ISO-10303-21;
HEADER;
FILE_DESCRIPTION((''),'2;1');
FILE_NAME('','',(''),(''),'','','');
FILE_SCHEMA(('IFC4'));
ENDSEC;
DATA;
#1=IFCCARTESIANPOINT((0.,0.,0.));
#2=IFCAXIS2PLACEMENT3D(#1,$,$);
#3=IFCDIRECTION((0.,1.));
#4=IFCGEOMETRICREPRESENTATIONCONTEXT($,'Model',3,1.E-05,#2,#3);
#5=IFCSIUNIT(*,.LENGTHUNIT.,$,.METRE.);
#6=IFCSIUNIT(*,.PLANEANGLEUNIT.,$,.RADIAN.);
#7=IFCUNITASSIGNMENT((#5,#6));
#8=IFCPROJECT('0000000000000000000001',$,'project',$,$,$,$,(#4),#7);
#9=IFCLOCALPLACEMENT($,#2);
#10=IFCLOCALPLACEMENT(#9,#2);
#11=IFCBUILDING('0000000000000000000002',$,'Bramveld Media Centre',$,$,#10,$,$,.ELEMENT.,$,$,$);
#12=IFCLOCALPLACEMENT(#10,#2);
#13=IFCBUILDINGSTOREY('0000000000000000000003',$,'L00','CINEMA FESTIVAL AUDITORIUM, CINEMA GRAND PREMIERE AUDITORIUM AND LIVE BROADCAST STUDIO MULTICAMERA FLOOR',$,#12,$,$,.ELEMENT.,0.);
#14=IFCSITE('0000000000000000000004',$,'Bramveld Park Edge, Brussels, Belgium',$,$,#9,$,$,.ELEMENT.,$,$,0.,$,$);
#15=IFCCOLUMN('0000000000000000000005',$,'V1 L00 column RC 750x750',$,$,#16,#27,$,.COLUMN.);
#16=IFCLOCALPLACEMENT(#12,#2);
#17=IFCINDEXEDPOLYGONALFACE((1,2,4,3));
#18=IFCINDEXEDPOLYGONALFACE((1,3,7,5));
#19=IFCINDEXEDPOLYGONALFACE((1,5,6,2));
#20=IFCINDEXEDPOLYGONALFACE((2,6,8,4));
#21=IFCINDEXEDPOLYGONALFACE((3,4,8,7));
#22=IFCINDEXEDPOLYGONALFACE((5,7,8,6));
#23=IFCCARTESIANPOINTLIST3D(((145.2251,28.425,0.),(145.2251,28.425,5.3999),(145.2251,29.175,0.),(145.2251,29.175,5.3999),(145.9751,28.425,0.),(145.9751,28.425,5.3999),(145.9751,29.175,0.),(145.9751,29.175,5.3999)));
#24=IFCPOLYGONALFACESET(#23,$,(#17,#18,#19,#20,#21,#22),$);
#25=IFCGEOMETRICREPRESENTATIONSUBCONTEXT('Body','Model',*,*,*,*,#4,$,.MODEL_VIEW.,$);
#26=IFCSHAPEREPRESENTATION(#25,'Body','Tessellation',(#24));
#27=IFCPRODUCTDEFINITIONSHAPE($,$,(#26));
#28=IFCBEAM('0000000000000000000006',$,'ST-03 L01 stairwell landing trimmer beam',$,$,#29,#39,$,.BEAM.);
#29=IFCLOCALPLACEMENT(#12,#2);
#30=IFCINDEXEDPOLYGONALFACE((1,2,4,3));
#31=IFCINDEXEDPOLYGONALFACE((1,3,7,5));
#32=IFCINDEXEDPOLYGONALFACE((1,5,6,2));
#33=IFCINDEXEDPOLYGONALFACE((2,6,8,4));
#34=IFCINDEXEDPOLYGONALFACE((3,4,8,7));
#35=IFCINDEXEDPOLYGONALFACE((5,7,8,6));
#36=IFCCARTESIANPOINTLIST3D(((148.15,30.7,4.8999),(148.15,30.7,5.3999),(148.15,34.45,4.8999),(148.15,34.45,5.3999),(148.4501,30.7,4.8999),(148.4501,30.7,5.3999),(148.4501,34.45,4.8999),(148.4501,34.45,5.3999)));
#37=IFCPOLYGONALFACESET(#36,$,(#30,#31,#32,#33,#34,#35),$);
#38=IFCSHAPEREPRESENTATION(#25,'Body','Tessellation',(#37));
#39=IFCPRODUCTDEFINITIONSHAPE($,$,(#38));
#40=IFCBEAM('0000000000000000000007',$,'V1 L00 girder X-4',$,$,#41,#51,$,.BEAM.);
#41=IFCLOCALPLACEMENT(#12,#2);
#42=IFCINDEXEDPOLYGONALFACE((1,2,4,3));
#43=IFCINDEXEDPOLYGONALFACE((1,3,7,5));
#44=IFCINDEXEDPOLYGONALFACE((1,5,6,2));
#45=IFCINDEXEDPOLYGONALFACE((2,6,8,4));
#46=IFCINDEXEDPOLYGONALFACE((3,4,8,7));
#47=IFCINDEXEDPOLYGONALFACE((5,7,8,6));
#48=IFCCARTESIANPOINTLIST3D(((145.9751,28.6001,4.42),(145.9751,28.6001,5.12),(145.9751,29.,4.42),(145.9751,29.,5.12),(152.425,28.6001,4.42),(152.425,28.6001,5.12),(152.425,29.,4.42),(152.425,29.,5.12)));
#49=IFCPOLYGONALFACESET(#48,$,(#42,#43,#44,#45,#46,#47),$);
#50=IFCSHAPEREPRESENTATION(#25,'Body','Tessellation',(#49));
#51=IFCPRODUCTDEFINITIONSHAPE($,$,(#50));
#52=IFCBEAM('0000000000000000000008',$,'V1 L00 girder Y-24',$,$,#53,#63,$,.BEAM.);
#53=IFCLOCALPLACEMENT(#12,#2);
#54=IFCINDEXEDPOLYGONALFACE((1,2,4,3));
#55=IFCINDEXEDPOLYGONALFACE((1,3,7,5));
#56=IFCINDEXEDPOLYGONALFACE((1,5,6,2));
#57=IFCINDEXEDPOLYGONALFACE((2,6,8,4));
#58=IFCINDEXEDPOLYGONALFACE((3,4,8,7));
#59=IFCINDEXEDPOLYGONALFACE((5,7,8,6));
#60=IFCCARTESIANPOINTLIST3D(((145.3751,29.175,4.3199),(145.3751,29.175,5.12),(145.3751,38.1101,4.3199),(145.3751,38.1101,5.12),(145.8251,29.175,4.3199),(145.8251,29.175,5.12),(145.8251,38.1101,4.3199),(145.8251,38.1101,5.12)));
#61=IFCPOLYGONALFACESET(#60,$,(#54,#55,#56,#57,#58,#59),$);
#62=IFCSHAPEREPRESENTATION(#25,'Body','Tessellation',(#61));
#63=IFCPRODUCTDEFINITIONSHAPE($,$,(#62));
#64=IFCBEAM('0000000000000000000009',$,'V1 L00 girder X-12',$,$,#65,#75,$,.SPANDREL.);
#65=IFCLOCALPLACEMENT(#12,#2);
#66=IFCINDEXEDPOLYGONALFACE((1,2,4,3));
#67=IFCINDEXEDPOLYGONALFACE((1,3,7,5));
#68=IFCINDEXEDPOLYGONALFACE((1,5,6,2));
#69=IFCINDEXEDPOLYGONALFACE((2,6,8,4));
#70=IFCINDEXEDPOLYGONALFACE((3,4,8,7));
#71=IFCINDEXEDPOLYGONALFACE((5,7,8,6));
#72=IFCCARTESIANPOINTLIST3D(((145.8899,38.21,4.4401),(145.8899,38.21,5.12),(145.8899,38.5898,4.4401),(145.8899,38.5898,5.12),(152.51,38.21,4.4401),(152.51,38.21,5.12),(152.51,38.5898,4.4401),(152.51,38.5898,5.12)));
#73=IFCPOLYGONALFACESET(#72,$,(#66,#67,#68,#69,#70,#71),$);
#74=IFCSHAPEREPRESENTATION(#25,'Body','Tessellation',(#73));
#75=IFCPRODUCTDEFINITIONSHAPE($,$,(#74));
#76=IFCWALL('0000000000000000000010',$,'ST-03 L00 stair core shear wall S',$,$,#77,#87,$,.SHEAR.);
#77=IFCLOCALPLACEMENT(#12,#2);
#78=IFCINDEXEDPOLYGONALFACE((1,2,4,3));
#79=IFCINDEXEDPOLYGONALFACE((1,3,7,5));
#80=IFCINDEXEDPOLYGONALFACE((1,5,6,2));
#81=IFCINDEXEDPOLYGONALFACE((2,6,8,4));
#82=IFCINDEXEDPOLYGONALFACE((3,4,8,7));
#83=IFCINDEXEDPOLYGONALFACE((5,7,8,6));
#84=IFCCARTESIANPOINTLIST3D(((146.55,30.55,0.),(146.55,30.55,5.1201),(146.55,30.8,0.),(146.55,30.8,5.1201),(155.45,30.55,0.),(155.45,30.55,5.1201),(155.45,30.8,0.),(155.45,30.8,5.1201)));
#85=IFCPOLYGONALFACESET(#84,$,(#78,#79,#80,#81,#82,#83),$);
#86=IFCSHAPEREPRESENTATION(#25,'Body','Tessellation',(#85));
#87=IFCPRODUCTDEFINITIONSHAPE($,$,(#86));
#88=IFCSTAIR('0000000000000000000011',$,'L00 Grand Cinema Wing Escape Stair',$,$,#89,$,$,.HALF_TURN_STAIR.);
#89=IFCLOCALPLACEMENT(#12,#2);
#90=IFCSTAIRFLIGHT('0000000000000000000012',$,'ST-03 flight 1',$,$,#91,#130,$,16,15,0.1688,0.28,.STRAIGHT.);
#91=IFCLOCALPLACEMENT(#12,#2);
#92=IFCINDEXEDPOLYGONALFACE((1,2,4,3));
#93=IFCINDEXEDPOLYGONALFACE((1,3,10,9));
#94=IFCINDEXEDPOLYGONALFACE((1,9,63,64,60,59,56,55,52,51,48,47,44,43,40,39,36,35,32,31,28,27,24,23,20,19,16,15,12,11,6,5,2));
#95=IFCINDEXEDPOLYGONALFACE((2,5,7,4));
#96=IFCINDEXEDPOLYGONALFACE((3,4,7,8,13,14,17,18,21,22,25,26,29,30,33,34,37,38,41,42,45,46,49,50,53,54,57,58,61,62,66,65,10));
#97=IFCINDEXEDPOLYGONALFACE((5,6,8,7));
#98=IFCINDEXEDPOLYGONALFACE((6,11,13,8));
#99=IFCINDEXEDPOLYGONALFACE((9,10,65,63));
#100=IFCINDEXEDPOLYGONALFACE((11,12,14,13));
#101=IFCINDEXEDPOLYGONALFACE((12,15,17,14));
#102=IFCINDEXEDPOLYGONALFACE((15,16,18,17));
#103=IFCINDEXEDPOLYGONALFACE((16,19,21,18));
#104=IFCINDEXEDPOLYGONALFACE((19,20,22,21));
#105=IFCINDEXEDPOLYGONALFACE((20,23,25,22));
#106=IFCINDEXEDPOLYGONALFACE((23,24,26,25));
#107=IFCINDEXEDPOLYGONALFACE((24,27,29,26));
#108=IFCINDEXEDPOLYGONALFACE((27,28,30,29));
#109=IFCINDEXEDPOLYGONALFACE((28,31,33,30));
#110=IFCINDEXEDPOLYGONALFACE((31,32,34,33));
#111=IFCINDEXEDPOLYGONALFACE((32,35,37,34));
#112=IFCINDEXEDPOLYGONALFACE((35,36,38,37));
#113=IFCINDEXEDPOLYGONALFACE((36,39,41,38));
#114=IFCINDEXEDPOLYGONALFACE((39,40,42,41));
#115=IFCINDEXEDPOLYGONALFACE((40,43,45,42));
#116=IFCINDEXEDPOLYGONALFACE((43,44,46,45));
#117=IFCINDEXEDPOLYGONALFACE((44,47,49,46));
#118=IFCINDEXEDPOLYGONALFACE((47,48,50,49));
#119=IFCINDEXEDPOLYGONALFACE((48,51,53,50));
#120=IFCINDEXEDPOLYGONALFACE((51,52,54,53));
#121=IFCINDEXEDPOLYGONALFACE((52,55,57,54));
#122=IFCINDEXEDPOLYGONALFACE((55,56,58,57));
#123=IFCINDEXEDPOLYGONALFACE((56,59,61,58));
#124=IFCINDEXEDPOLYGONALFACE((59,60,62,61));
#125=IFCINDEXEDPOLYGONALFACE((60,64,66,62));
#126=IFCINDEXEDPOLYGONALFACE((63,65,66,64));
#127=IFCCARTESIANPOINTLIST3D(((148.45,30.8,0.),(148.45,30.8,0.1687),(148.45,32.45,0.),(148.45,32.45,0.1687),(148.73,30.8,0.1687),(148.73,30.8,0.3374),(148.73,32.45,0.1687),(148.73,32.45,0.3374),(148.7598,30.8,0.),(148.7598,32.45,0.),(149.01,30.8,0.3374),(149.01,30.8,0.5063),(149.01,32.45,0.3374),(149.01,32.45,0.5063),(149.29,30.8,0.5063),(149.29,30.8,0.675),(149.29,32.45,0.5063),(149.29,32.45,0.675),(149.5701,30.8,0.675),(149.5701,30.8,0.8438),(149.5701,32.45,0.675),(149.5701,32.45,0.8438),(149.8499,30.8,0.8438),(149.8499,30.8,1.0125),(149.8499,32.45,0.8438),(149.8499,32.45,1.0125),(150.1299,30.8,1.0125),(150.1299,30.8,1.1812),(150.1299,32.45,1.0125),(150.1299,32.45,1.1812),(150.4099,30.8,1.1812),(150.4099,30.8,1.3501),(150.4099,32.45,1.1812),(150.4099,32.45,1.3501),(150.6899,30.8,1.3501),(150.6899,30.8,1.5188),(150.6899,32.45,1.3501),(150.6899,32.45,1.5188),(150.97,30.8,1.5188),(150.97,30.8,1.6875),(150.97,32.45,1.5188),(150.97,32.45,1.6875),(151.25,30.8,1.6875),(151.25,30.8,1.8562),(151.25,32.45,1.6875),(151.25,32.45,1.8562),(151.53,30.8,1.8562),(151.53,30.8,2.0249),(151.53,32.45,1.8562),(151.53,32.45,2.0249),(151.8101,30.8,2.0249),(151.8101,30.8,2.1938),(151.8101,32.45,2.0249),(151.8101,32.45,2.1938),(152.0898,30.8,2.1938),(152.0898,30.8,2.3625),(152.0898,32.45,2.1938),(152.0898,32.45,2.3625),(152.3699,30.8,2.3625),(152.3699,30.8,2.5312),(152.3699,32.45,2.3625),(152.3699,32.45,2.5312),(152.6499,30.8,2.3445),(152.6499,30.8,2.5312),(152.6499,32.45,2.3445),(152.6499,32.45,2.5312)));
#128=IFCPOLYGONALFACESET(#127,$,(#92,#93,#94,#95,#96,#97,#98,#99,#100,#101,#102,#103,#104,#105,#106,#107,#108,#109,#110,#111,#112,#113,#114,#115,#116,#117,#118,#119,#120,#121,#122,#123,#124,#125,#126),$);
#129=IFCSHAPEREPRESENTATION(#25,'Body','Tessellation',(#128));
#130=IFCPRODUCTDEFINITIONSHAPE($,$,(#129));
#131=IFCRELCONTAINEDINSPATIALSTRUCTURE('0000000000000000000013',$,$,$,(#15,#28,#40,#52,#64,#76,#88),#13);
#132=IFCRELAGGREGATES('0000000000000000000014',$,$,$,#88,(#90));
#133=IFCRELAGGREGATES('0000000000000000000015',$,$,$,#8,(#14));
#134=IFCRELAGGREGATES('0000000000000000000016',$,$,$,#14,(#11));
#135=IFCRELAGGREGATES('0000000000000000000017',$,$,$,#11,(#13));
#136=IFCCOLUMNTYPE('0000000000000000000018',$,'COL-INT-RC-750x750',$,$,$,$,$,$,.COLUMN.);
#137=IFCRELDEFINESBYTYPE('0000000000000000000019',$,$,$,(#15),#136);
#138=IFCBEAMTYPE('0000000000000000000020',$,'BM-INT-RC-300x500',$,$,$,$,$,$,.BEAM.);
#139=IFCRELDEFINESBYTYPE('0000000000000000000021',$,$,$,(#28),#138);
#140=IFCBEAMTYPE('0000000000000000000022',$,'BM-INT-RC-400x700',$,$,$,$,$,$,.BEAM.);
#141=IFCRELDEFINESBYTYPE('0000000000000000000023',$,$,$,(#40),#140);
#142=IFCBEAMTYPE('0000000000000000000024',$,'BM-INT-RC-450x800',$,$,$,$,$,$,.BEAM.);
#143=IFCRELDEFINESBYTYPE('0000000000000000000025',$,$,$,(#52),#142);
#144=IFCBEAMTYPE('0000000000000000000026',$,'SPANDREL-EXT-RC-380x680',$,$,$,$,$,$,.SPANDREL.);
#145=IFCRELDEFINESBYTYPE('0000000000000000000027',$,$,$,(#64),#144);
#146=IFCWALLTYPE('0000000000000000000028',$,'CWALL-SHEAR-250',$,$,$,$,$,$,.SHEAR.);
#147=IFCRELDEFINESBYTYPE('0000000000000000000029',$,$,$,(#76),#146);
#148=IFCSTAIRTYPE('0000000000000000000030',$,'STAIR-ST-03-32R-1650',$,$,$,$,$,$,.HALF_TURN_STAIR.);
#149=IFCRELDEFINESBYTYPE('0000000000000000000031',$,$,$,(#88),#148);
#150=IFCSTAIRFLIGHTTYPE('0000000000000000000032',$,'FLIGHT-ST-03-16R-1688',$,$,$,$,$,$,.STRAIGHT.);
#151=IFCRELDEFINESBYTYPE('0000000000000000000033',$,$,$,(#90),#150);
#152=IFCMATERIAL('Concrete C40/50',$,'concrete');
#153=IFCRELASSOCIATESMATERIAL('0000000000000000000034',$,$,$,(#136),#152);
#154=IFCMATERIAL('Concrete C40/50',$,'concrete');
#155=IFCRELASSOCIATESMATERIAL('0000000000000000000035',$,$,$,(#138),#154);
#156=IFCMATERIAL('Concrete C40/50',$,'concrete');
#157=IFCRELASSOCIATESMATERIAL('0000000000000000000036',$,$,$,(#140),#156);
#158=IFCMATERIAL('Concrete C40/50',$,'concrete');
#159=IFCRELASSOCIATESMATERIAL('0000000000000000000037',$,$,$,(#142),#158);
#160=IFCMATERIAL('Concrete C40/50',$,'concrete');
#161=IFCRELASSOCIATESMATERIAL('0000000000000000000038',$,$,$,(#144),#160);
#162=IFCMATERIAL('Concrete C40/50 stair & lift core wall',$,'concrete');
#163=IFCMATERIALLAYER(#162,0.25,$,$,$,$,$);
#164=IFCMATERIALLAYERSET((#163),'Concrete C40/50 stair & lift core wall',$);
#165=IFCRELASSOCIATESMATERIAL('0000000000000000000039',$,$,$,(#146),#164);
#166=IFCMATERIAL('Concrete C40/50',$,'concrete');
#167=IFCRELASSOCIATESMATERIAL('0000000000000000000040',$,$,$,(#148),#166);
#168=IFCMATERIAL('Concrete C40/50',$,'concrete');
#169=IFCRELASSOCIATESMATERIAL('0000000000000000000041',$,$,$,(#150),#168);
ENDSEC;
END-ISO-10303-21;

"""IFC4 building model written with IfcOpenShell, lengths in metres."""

from ifc_helpers import new_model, si_unit, direction, frame, frame_2d, origin, origin_2d, place, context, subcontext, project, spatial, polyline, rectangle, outline, extrude, material, layer, layer_set, material_profile, profile_set, type_object, element, aggregate, save


model = new_model("IFC4")

# Units and contexts
model_context = context("Model", 3, precision=1e-05, world=origin(), true_north=direction((0.0, 1.0)))
body_context = subcontext(model_context, "Body", "Model", "MODEL_VIEW")
ifc_project = project(units=[si_unit("LENGTHUNIT", "METRE"), si_unit("PLANEANGLEUNIT", "RADIAN")], contexts=[model_context])

# Site, building, storey
site_placement = place(None, origin())
site = spatial("IfcSite", under=ifc_project, at=site_placement, Name="Bramveld Park Edge, Brussels, Belgium", CompositionType="ELEMENT", RefElevation=0.0)
building_placement = place(site_placement, origin())
building = spatial("IfcBuilding", under=site, at=building_placement, Name="Bramveld Media Centre", CompositionType="ELEMENT")
storey_placement = place(building_placement, origin())
storey = spatial("IfcBuildingStorey", under=building, at=storey_placement, Name="L00", Description="CINEMA FESTIVAL AUDITORIUM, CINEMA GRAND PREMIERE AUDITORIUM AND LIVE BROADCAST STUDIO MULTICAMERA FLOOR", CompositionType="ELEMENT", Elevation=0.0)

# Column
ifc_material_1 = material(Name="Concrete C40/50", Category="concrete")
ifc_material_profile_1 = material_profile(ifc_material_1, rectangle(XDim=0.75, YDim=0.75, at=origin_2d()), Name="RC 750x750")
ifc_profile_set_1 = profile_set([ifc_material_profile_1], Name="Concrete C40/50")
column_type_1 = type_object("IfcColumnType", Name="COL-INT-RC-750x750", PredefinedType="COLUMN", material=ifc_profile_set_1)
column_1_placement = place(storey_placement, frame((145.6001, 28.8, 0.0), z_axis=(0.0, 0.0, 1.0), x_axis=(1.0, 0.0, 0.0)))
element("IfcColumn", 1, at=column_1_placement, inside=storey, type_object=column_type_1, Name="V1 L00 column RC 750x750", PredefinedType="COLUMN", context=body_context, shape_type="SweptSolid", body=[
    extrude(rectangle(XDim=0.75, YDim=0.75, at=origin_2d()), origin(), (0.0, 0.0, 1.0), 5.3999),
])

# Beams
ifc_material_2 = material(Name="Concrete C40/50", Category="concrete")
ifc_material_profile_2 = material_profile(ifc_material_2, rectangle(XDim=0.3, YDim=0.5, at=origin_2d()), Name="RC 300x500")
ifc_profile_set_2 = profile_set([ifc_material_profile_2], Name="Concrete C40/50")
beam_type_1 = type_object("IfcBeamType", Name="BM-INT-RC-300x500", PredefinedType="BEAM", material=ifc_profile_set_2)
beam_1_placement = place(storey_placement, frame((148.3, 30.7, 5.1499), z_axis=(0.0, 1.0, 0.0), x_axis=(-1.0, 0.0, 0.0)))
element("IfcBeam", 2, at=beam_1_placement, inside=storey, type_object=beam_type_1, Name="ST-03 L01 stairwell landing trimmer beam", PredefinedType="BEAM", context=body_context, shape_type="SweptSolid", body=[
    extrude(rectangle(XDim=0.3, YDim=0.5, at=origin_2d()), origin(), (0.0, 0.0, 1.0), 3.75),
])
ifc_material_3 = material(Name="Concrete C40/50", Category="concrete")
ifc_material_profile_3 = material_profile(ifc_material_3, rectangle(XDim=0.3999, YDim=0.7, at=origin_2d()), Name="RC 400x700")
ifc_profile_set_3 = profile_set([ifc_material_profile_3], Name="Concrete C40/50")
beam_type_2 = type_object("IfcBeamType", Name="BM-INT-RC-400x700", PredefinedType="BEAM", material=ifc_profile_set_3)
beam_2_placement = place(storey_placement, frame((145.9751, 28.8, 4.77), z_axis=(1.0, 0.0, 0.0), x_axis=(0.0, 1.0, 0.0)))
element("IfcBeam", 3, at=beam_2_placement, inside=storey, type_object=beam_type_2, Name="V1 L00 girder X-4", PredefinedType="BEAM", context=body_context, shape_type="SweptSolid", body=[
    extrude(rectangle(XDim=0.3999, YDim=0.7, at=origin_2d()), origin(), (0.0, 0.0, 1.0), 6.45),
])
ifc_material_4 = material(Name="Concrete C40/50", Category="concrete")
ifc_material_profile_4 = material_profile(ifc_material_4, rectangle(XDim=0.45, YDim=0.8, at=origin_2d()), Name="RC 450x800")
ifc_profile_set_4 = profile_set([ifc_material_profile_4], Name="Concrete C40/50")
beam_type_3 = type_object("IfcBeamType", Name="BM-INT-RC-450x800", PredefinedType="BEAM", material=ifc_profile_set_4)
beam_3_placement = place(storey_placement, frame((145.6001, 29.175, 4.72), z_axis=(0.0, 1.0, 0.0), x_axis=(-1.0, 0.0, 0.0)))
element("IfcBeam", 4, at=beam_3_placement, inside=storey, type_object=beam_type_3, Name="V1 L00 girder Y-24", PredefinedType="BEAM", context=body_context, shape_type="SweptSolid", body=[
    extrude(rectangle(XDim=0.45, YDim=0.8, at=origin_2d()), origin(), (0.0, 0.0, 1.0), 8.9351),
])
ifc_material_5 = material(Name="Concrete C40/50", Category="concrete")
ifc_material_profile_5 = material_profile(ifc_material_5, rectangle(XDim=0.3799, YDim=0.6799, at=origin_2d()), Name="RC 380x680")
ifc_profile_set_5 = profile_set([ifc_material_profile_5], Name="Concrete C40/50")
beam_type_4 = type_object("IfcBeamType", Name="SPANDREL-EXT-RC-380x680", PredefinedType="SPANDREL", material=ifc_profile_set_5)
beam_4_placement = place(storey_placement, frame((145.8899, 38.3999, 4.78), z_axis=(1.0, 0.0, 0.0), x_axis=(0.0, 1.0, 0.0)))
element("IfcBeam", 5, at=beam_4_placement, inside=storey, type_object=beam_type_4, Name="V1 L00 girder X-12", PredefinedType="SPANDREL", context=body_context, shape_type="SweptSolid", body=[
    extrude(rectangle(XDim=0.3799, YDim=0.6799, at=origin_2d()), origin(), (0.0, 0.0, 1.0), 6.6201),
])

# Wall
ifc_material_6 = material(Name="Concrete C40/50 stair & lift core wall", Category="concrete")
ifc_layer = layer(ifc_material_6, 0.25)
ifc_layer_set = layer_set([ifc_layer], Name="Concrete C40/50 stair & lift core wall")
wall_type = type_object("IfcWallType", Name="CWALL-SHEAR-250", PredefinedType="SHEAR", material=ifc_layer_set)
wall_1_placement = place(storey_placement, frame((146.55, 30.675, 0.0), z_axis=(0.0, 0.0, 1.0), x_axis=(1.0, 0.0, 0.0)))
element("IfcWall", 6, at=wall_1_placement, inside=storey, type_object=wall_type, Name="ST-03 L00 stair core shear wall S", PredefinedType="SHEAR", context=body_context, shape_type="SweptSolid", body=[
    extrude(rectangle(XDim=8.8999, YDim=0.25, at=frame_2d((4.45, 0.0))), origin(), (0.0, 0.0, 1.0), 5.1201),
])

# Stair, stair flight
ifc_material_7 = material(Name="Concrete C40/50", Category="concrete")
stair_type = type_object("IfcStairType", Name="STAIR-ST-03-32R-1650", PredefinedType="HALF_TURN_STAIR", material=ifc_material_7)
stair_placement = place(storey_placement, origin())
stair = element("IfcStair", 7, at=stair_placement, inside=storey, type_object=stair_type, Name="L00 Grand Cinema Wing Escape Stair", PredefinedType="HALF_TURN_STAIR")
ifc_material_8 = material(Name="Concrete C40/50", Category="concrete")
stair_flight_type = type_object("IfcStairFlightType", Name="FLIGHT-ST-03-16R-1688", PredefinedType="STRAIGHT", material=ifc_material_8)
stair_flight_placement = place(storey_placement, frame((148.45, 31.625, 0.0), z_axis=(0.0, 0.0, 1.0), x_axis=(1.0, 0.0, 0.0)))
stair_flight = element("IfcStairFlight", 8, at=stair_flight_placement, type_object=stair_flight_type, Name="ST-03 flight 1", NumberOfRisers=16, NumberOfTreads=15, PredefinedType="STRAIGHT", RiserHeight=0.1688, TreadLength=0.28, context=body_context, shape_type="SweptSolid", body=[
    extrude(outline(polyline([(0.0, 0.0), (0.0, 0.1687), (0.28, 0.1687), (0.28, 0.3374), (0.5601, 0.3374), (0.5601, 0.5063), (0.8401, 0.5063), (0.8401, 0.675), (1.1201, 0.675), (1.1201, 0.8438), (1.3999, 0.8438), (1.3999, 1.0125), (1.6799, 1.0125), (1.6799, 1.1812), (1.96, 1.1812), (1.96, 1.3501), (2.24, 1.3501), (2.24, 1.5188), (2.52, 1.5188), (2.52, 1.6875), (2.8, 1.6875), (2.8, 1.8562), (3.0801, 1.8562), (3.0801, 2.0249), (3.3601, 2.0249), (3.3601, 2.1938), (3.6399, 2.1938), (3.6399, 2.3625), (3.9199, 2.3625), (3.9199, 2.5312), (4.2, 2.5312), (4.2, 2.7), (4.2, 2.3445), (0.3098, 0.0), (0.0, 0.0)])), frame((0.0, 0.825, 0.0), z_axis=(0.0, -1.0, 0.0), x_axis=(1.0, 0.0, 0.0)), (0.0, 0.0, 1.0), 1.6499),
])
aggregate(stair, [stair_flight])

save(model, "model.ifc")
